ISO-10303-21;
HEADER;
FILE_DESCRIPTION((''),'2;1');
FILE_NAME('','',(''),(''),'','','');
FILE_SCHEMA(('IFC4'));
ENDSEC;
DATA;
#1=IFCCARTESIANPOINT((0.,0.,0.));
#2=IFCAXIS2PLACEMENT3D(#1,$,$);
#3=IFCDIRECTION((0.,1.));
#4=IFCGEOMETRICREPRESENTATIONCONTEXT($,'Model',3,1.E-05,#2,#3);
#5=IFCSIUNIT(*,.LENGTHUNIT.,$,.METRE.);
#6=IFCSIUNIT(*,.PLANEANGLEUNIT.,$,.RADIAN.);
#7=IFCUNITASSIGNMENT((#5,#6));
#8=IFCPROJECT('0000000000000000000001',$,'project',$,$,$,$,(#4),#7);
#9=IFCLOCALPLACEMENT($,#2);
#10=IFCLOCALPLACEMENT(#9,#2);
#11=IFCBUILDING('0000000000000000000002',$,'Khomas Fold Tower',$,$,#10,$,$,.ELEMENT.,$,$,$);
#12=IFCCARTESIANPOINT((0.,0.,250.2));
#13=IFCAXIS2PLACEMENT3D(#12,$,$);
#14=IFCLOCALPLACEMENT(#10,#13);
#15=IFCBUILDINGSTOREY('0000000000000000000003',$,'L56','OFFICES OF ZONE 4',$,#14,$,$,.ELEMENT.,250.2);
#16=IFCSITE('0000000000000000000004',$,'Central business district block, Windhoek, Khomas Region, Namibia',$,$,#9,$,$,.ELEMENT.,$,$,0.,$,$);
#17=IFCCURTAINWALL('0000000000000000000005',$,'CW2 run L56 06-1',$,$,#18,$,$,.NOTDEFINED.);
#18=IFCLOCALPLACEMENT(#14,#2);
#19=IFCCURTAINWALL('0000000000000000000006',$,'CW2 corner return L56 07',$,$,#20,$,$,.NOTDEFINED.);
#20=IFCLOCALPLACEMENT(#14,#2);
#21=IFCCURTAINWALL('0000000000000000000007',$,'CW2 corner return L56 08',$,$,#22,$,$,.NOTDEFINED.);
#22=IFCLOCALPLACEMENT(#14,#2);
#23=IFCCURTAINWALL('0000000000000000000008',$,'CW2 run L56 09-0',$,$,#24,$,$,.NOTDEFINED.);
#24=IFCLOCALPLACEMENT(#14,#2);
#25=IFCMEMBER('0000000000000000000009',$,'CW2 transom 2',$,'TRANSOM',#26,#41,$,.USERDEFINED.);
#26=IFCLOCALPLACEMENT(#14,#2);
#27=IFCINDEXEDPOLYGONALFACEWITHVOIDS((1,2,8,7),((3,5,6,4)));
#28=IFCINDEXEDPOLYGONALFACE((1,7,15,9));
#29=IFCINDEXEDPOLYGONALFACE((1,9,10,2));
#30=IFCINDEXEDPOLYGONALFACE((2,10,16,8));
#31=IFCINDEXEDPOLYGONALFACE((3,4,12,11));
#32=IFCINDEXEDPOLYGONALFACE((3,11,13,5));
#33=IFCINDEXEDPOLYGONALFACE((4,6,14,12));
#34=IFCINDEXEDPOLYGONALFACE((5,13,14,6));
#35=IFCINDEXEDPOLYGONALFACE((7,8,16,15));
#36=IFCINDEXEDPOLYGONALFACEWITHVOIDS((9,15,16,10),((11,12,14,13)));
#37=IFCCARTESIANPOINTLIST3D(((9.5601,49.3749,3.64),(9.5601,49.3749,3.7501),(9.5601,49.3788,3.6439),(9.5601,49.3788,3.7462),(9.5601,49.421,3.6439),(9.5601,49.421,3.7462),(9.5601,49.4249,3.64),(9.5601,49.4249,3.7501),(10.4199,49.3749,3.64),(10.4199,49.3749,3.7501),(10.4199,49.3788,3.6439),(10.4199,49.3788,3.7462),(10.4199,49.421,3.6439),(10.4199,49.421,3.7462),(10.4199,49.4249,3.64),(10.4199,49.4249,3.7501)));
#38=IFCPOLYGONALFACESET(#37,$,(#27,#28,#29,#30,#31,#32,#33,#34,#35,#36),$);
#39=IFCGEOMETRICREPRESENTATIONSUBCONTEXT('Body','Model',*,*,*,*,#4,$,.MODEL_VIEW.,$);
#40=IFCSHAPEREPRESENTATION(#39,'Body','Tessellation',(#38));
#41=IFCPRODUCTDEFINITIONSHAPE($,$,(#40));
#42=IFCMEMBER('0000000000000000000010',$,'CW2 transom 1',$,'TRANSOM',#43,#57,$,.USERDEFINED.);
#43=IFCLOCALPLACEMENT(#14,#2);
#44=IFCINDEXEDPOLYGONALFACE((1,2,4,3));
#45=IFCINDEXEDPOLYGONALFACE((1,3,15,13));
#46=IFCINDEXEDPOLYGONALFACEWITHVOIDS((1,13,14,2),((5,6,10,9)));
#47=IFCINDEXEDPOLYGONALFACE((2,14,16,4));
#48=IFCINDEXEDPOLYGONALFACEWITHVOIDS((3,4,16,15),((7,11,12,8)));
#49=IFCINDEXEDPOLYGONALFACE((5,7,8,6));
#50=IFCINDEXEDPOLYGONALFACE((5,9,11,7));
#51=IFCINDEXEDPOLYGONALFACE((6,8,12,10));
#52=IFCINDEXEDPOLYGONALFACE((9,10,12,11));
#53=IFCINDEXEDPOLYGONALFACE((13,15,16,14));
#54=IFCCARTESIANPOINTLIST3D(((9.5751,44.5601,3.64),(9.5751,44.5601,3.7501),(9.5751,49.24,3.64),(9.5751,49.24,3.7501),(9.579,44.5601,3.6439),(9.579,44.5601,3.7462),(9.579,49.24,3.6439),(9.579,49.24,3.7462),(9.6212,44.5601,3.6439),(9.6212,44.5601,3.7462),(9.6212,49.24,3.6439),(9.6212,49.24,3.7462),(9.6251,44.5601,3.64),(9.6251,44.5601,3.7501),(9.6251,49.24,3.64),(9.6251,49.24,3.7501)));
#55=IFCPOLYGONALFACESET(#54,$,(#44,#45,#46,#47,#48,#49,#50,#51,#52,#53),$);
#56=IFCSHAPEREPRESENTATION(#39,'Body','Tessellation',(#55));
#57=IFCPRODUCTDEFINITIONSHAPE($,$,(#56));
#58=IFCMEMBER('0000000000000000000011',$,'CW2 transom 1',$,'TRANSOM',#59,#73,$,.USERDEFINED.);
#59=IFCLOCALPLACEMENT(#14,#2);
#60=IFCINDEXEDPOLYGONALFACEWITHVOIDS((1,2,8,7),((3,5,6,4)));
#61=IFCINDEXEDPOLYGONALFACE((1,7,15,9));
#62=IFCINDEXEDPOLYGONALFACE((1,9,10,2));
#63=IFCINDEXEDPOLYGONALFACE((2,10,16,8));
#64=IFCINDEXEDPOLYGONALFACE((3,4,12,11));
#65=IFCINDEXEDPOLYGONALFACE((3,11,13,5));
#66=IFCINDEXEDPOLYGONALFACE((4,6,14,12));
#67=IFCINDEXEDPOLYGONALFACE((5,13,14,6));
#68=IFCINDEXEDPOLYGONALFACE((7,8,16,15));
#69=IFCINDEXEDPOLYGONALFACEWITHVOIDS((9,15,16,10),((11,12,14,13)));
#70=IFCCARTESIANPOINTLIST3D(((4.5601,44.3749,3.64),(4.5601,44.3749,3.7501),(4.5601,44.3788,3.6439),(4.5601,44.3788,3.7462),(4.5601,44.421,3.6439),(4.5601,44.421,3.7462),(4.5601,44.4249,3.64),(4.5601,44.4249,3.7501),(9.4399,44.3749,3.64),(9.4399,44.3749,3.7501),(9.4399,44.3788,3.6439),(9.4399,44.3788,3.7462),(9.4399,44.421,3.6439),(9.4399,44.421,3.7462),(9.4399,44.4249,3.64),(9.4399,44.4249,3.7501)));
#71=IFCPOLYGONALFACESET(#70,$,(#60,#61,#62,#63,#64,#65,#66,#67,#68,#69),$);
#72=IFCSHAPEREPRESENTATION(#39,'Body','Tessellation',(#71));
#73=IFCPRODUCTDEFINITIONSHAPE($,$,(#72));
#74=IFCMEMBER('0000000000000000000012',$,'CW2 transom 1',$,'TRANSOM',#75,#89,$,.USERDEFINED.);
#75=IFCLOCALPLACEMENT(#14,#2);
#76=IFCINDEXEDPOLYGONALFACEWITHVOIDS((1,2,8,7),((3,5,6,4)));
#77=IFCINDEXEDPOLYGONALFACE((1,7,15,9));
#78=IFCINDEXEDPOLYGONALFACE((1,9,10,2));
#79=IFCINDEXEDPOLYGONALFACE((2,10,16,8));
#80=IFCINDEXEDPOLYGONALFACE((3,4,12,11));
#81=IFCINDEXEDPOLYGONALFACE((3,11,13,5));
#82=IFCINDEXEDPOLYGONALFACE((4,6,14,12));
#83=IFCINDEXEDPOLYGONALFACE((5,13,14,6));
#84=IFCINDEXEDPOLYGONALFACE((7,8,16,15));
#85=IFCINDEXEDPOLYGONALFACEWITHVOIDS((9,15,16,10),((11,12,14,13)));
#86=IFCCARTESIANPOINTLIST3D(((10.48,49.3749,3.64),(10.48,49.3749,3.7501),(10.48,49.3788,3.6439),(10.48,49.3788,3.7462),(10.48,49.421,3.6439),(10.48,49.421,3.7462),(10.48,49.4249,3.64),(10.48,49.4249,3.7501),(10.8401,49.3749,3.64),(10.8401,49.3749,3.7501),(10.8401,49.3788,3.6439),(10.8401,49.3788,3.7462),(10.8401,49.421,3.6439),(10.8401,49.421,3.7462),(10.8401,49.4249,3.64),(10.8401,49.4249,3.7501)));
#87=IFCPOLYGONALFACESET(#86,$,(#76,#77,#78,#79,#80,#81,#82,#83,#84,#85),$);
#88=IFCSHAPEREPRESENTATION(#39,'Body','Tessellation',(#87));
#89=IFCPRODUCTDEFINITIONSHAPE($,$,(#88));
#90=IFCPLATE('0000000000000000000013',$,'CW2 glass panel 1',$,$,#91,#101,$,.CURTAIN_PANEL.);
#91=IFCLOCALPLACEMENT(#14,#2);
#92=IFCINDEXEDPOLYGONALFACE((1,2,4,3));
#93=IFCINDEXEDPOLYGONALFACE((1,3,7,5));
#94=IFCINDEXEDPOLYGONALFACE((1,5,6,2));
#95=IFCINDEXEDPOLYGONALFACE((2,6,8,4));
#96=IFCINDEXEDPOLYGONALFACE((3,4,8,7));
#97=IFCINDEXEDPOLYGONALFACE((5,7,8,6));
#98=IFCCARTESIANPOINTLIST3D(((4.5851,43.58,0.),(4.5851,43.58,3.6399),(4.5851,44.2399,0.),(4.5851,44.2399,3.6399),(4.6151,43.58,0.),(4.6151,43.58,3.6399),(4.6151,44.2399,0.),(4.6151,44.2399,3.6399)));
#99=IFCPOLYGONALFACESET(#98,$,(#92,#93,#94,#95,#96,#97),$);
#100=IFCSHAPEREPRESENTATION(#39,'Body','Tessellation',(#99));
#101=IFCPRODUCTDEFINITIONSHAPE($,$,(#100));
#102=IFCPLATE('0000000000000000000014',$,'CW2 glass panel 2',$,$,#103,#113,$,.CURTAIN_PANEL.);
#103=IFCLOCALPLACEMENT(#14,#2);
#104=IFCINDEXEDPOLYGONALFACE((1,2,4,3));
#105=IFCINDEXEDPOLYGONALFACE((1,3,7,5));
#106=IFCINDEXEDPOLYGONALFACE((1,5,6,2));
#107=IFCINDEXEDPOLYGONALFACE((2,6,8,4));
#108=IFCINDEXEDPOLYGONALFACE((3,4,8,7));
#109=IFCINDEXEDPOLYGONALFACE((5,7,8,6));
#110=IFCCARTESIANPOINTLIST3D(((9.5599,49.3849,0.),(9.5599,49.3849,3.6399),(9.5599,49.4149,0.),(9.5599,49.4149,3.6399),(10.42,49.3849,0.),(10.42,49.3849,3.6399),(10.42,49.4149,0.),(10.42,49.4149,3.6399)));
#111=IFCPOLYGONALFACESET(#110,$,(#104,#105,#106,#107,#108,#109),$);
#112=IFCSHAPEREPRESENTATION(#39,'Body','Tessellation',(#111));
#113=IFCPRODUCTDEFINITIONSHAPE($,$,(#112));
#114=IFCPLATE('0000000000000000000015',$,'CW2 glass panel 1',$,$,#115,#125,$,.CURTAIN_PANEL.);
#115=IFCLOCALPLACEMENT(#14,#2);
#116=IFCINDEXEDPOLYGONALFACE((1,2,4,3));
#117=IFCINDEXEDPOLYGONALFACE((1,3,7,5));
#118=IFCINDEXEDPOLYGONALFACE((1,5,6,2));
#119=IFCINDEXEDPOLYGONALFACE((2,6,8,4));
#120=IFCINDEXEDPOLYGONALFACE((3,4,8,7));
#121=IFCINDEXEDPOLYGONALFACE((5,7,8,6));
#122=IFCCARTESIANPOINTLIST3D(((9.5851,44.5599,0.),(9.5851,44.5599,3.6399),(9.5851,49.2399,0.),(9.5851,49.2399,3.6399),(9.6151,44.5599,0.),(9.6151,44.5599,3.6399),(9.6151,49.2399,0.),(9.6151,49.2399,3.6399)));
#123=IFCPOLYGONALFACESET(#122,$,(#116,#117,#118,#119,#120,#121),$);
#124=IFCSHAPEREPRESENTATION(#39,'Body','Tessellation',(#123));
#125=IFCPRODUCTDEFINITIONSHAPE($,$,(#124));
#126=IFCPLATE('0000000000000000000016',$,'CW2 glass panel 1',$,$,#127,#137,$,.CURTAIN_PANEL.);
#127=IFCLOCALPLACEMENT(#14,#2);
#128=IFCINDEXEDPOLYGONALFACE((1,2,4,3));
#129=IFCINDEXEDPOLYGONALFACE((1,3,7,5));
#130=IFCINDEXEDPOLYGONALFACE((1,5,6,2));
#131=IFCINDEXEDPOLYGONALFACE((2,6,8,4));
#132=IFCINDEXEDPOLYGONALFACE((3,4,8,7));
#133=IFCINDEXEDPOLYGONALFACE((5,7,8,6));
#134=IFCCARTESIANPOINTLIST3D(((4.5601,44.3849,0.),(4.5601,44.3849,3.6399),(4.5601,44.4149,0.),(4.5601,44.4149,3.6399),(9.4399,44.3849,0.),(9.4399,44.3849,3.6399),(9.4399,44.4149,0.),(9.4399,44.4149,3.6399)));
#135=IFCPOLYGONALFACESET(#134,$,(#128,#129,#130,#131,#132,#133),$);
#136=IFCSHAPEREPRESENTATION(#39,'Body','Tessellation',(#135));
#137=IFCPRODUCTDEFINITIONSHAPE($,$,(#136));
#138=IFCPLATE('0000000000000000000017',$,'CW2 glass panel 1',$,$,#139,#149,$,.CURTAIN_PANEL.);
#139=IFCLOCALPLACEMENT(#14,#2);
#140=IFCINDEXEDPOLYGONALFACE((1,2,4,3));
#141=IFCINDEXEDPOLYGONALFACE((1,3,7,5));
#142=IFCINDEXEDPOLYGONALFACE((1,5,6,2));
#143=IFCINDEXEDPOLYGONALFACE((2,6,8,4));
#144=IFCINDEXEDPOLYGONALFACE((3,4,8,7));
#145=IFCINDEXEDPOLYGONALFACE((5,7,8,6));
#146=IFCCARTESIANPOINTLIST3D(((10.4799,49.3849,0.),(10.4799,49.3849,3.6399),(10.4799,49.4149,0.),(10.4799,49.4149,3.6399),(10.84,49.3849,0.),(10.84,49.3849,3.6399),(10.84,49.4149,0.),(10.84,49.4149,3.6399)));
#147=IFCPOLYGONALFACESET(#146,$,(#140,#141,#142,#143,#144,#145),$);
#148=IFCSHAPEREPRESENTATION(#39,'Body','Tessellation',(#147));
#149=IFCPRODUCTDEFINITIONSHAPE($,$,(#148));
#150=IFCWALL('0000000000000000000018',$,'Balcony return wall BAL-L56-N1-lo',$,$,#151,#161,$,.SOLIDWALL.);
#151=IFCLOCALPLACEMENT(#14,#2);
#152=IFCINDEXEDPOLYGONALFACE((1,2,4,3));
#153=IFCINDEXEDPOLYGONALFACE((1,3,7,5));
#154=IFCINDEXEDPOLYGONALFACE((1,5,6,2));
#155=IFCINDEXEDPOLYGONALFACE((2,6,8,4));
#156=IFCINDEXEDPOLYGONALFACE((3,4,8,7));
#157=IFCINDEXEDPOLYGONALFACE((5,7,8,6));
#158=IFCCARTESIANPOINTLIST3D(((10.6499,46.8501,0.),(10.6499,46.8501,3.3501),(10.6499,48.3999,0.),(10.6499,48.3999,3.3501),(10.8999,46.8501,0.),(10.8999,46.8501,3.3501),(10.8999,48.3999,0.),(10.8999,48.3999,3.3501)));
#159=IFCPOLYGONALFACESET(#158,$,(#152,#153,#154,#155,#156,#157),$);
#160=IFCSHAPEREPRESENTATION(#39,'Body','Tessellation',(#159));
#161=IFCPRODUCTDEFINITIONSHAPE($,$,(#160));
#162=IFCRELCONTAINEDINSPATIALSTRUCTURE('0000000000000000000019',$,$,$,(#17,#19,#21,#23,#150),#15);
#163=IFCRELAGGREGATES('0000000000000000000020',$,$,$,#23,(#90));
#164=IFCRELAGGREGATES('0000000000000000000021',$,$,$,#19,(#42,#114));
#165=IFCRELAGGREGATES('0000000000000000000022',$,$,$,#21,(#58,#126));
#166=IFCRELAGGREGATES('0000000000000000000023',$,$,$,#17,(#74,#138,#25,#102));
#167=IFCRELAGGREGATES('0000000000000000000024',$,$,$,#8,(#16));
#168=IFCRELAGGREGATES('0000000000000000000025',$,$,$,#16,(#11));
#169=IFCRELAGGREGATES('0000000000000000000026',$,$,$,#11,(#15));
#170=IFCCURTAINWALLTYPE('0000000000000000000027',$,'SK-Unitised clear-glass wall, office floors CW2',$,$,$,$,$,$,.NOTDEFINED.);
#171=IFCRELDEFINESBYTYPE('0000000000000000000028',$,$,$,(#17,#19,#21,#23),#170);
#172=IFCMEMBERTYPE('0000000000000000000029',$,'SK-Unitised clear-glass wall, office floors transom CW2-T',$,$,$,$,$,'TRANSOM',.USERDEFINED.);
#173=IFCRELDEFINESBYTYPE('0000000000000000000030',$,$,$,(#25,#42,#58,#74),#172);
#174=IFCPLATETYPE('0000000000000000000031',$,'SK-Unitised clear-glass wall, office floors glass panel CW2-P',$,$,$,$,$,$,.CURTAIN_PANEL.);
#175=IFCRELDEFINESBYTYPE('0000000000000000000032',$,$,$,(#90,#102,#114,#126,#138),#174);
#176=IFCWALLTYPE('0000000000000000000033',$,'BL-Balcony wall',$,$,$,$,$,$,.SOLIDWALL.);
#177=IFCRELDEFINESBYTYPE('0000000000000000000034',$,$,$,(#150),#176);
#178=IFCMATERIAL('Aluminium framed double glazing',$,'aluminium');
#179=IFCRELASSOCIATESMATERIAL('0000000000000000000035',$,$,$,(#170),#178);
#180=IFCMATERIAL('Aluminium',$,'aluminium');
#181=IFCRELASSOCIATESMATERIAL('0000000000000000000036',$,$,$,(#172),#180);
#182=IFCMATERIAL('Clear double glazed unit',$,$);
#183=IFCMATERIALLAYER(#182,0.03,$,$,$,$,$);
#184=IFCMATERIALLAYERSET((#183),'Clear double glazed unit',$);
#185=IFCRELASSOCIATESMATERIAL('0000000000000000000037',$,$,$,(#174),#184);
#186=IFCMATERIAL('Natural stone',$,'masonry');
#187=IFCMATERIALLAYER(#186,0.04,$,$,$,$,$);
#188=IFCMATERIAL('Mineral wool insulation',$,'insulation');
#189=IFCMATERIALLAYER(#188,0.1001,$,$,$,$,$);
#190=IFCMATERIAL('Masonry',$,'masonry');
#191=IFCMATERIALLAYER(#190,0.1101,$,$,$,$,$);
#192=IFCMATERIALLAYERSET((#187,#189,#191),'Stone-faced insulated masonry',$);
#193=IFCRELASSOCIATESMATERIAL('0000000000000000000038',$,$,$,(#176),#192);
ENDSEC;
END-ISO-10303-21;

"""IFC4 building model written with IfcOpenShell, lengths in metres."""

from ifc_helpers import new_model, si_unit, direction, frame, frame_2d, origin, origin_2d, place, context, subcontext, project, spatial, rectangle, hollow_rectangle, extrude, source, transform, mapped, material, layer, layer_set, material_profile, profile_set, type_object, element, aggregate, save


model = new_model("IFC4")

# Units and contexts
model_context = context("Model", 3, precision=1e-05, world=origin(), true_north=direction((0.0, 1.0)))
body_context = subcontext(model_context, "Body", "Model", "MODEL_VIEW")
ifc_project = project(units=[si_unit("LENGTHUNIT", "METRE"), si_unit("PLANEANGLEUNIT", "RADIAN")], contexts=[model_context])

# Site, building, storey
site_placement = place(None, origin())
site = spatial("IfcSite", under=ifc_project, at=site_placement, Name="Central business district block, Windhoek, Khomas Region, Namibia", CompositionType="ELEMENT", RefElevation=0.0)
building_placement = place(site_placement, origin())
building = spatial("IfcBuilding", under=site, at=building_placement, Name="Khomas Fold Tower", CompositionType="ELEMENT")
storey_placement = place(building_placement, frame((0.0, 0.0, 250.2)))
storey = spatial("IfcBuildingStorey", under=building, at=storey_placement, Name="L56", Description="OFFICES OF ZONE 4", CompositionType="ELEMENT", Elevation=250.2)

# Curtain walls
ifc_material_1 = material(Name="Aluminium framed double glazing", Category="aluminium")
curtain_wall_type = type_object("IfcCurtainWallType", Name="SK-Unitised clear-glass wall, office floors CW2", PredefinedType="NOTDEFINED", material=ifc_material_1)
curtain_wall_1_placement = place(storey_placement, origin())
curtain_wall_1 = element("IfcCurtainWall", 1, at=curtain_wall_1_placement, inside=storey, type_object=curtain_wall_type, Name="CW2 run L56 06-1", PredefinedType="NOTDEFINED")
curtain_wall_2_placement = place(storey_placement, origin())
curtain_wall_2 = element("IfcCurtainWall", 2, at=curtain_wall_2_placement, inside=storey, type_object=curtain_wall_type, Name="CW2 corner return L56 07", PredefinedType="NOTDEFINED")
curtain_wall_3_placement = place(storey_placement, origin())
curtain_wall_3 = element("IfcCurtainWall", 3, at=curtain_wall_3_placement, inside=storey, type_object=curtain_wall_type, Name="CW2 corner return L56 08", PredefinedType="NOTDEFINED")

# Curtain wall
curtain_wall_4_placement = place(storey_placement, origin())
curtain_wall_4 = element("IfcCurtainWall", 4, at=curtain_wall_4_placement, inside=storey, type_object=curtain_wall_type, Name="CW2 run L56 09-0", PredefinedType="NOTDEFINED")
ifc_material_2 = material(Name="Aluminium", Category="aluminium")
ifc_material_profile_1 = material_profile(ifc_material_2, hollow_rectangle(XDim=0.05, YDim=0.1101, WallThickness=0.0039, at=origin_2d()), Name="SK-Unitised clear-glass wall, office floors transom CW2-T")
ifc_profile_set_1 = profile_set([ifc_material_profile_1], Name="Aluminium")
member_type_1 = type_object("IfcMemberType", Name="SK-Unitised clear-glass wall, office floors transom CW2-T", ElementType="TRANSOM", PredefinedType="USERDEFINED", material=ifc_profile_set_1)

# Members
shared_shape_1 = source(origin(), body_context, "Body", "SweptSolid", [
    extrude(hollow_rectangle(XDim=0.05, YDim=0.1101, WallThickness=0.0039, at=origin_2d()), origin(), (0.0, 0.0, 1.0), 0.8599),
])
member_1_placement = place(storey_placement, frame((10.4199, 49.3999, 3.6951), z_axis=(-1.0, 0.0, 0.0), x_axis=(0.0, -1.0, 0.0)))
member_1 = element("IfcMember", 5, at=member_1_placement, type_object=member_type_1, Name="CW2 transom 2", ObjectType="TRANSOM", PredefinedType="USERDEFINED", context=body_context, shape_type="MappedRepresentation", body=[
    mapped(shared_shape_1, transform((0.0, 0.0, 0.0))),
])
shared_shape_2 = source(origin(), body_context, "Body", "SweptSolid", [
    extrude(hollow_rectangle(XDim=0.05, YDim=0.1101, WallThickness=0.0039, at=origin_2d()), origin(), (0.0, 0.0, 1.0), 4.6799),
])
member_2_placement = place(storey_placement, frame((9.6001, 49.24, 3.6951), z_axis=(0.0, -1.0, 0.0), x_axis=(1.0, 0.0, 0.0)))
member_2 = element("IfcMember", 6, at=member_2_placement, type_object=member_type_1, Name="CW2 transom 1", ObjectType="TRANSOM", PredefinedType="USERDEFINED", context=body_context, shape_type="MappedRepresentation", body=[
    mapped(shared_shape_2, transform((0.0, 0.0, 0.0))),
])
shared_shape_3 = source(origin(), body_context, "Body", "SweptSolid", [
    extrude(hollow_rectangle(XDim=0.05, YDim=0.1101, WallThickness=0.0039, at=origin_2d()), origin(), (0.0, 0.0, 1.0), 4.8799),
])
member_3_placement = place(storey_placement, frame((9.4399, 44.3999, 3.6951), z_axis=(-1.0, 0.0, 0.0), x_axis=(0.0, -1.0, 0.0)))
member_3 = element("IfcMember", 7, at=member_3_placement, type_object=member_type_1, Name="CW2 transom 1", ObjectType="TRANSOM", PredefinedType="USERDEFINED", context=body_context, shape_type="MappedRepresentation", body=[
    mapped(shared_shape_3, transform((0.0, 0.0, 0.0))),
])
shared_shape_4 = source(origin(), body_context, "Body", "SweptSolid", [
    extrude(hollow_rectangle(XDim=0.05, YDim=0.1101, WallThickness=0.0039, at=origin_2d()), origin(), (0.0, 0.0, 1.0), 0.3601),
])
member_4_placement = place(storey_placement, frame((10.8401, 49.3999, 3.6951), z_axis=(-1.0, 0.0, 0.0), x_axis=(0.0, -1.0, 0.0)))
member_4 = element("IfcMember", 8, at=member_4_placement, type_object=member_type_1, Name="CW2 transom 1", ObjectType="TRANSOM", PredefinedType="USERDEFINED", context=body_context, shape_type="MappedRepresentation", body=[
    mapped(shared_shape_4, transform((0.0, 0.0, 0.0))),
])

# Plates
ifc_material_3 = material(Name="Clear double glazed unit")
ifc_layer_1 = layer(ifc_material_3, 0.03)
ifc_layer_set_1 = layer_set([ifc_layer_1], Name="Clear double glazed unit")
plate_type = type_object("IfcPlateType", Name="SK-Unitised clear-glass wall, office floors glass panel CW2-P", PredefinedType="CURTAIN_PANEL", material=ifc_layer_set_1)
shared_shape_5 = source(origin(), body_context, "Body", "SweptSolid", [
    extrude(rectangle(XDim=0.6599, YDim=0.03, at=origin_2d()), origin(), (0.0, 0.0, 1.0), 3.6399),
])
plate_1_placement = place(storey_placement, frame((4.6001, 43.9099, 0.0), z_axis=(0.0, 0.0, 1.0), x_axis=(0.0, -1.0, 0.0)))
plate_1 = element("IfcPlate", 9, at=plate_1_placement, type_object=plate_type, Name="CW2 glass panel 1", PredefinedType="CURTAIN_PANEL", context=body_context, shape_type="MappedRepresentation", body=[
    mapped(shared_shape_5, transform((0.0, 0.0, 0.0))),
])
aggregate(curtain_wall_4, [plate_1])
shared_shape_6 = source(origin(), body_context, "Body", "SweptSolid", [
    extrude(rectangle(XDim=0.8601, YDim=0.03, at=origin_2d()), origin(), (0.0, 0.0, 1.0), 3.6399),
])
plate_2_placement = place(storey_placement, frame((9.99, 49.3999, 0.0), z_axis=(0.0, 0.0, 1.0), x_axis=(-1.0, 0.0, 0.0)))
plate_2 = element("IfcPlate", 10, at=plate_2_placement, type_object=plate_type, Name="CW2 glass panel 2", PredefinedType="CURTAIN_PANEL", context=body_context, shape_type="MappedRepresentation", body=[
    mapped(shared_shape_6, transform((0.0, 0.0, 0.0))),
])
shared_shape_7 = source(origin(), body_context, "Body", "SweptSolid", [
    extrude(rectangle(XDim=4.6799, YDim=0.03, at=origin_2d()), origin(), (0.0, 0.0, 1.0), 3.6399),
])
plate_3_placement = place(storey_placement, frame((9.6001, 46.8999, 0.0), z_axis=(0.0, 0.0, 1.0), x_axis=(0.0, -1.0, 0.0)))
plate_3 = element("IfcPlate", 11, at=plate_3_placement, type_object=plate_type, Name="CW2 glass panel 1", PredefinedType="CURTAIN_PANEL", context=body_context, shape_type="MappedRepresentation", body=[
    mapped(shared_shape_7, transform((0.0, 0.0, 0.0))),
])
aggregate(curtain_wall_2, [member_2, plate_3])
shared_shape_8 = source(origin(), body_context, "Body", "SweptSolid", [
    extrude(rectangle(XDim=4.8799, YDim=0.03, at=origin_2d()), origin(), (0.0, 0.0, 1.0), 3.6399),
])
plate_4_placement = place(storey_placement, frame((7.0, 44.3999, 0.0), z_axis=(0.0, 0.0, 1.0), x_axis=(-1.0, 0.0, 0.0)))
plate_4 = element("IfcPlate", 12, at=plate_4_placement, type_object=plate_type, Name="CW2 glass panel 1", PredefinedType="CURTAIN_PANEL", context=body_context, shape_type="MappedRepresentation", body=[
    mapped(shared_shape_8, transform((0.0, 0.0, 0.0))),
])
aggregate(curtain_wall_3, [member_3, plate_4])
shared_shape_9 = source(origin(), body_context, "Body", "SweptSolid", [
    extrude(rectangle(XDim=0.3601, YDim=0.03, at=origin_2d()), origin(), (0.0, 0.0, 1.0), 3.6399),
])
plate_5_placement = place(storey_placement, frame((10.6599, 49.3999, 0.0), z_axis=(0.0, 0.0, 1.0), x_axis=(-1.0, 0.0, 0.0)))
plate_5 = element("IfcPlate", 13, at=plate_5_placement, type_object=plate_type, Name="CW2 glass panel 1", PredefinedType="CURTAIN_PANEL", context=body_context, shape_type="MappedRepresentation", body=[
    mapped(shared_shape_9, transform((0.0, 0.0, 0.0))),
])
aggregate(curtain_wall_1, [member_4, plate_5, member_1, plate_2])

# Wall
ifc_material_4 = material(Name="Natural stone", Category="masonry")
ifc_layer_2 = layer(ifc_material_4, 0.04)
ifc_material_5 = material(Name="Mineral wool insulation", Category="insulation")
ifc_layer_3 = layer(ifc_material_5, 0.1001)
ifc_material_6 = material(Name="Masonry", Category="masonry")
ifc_layer_4 = layer(ifc_material_6, 0.1101)
ifc_layer_set_2 = layer_set([ifc_layer_2, ifc_layer_3, ifc_layer_4], Name="Stone-faced insulated masonry")
wall_type = type_object("IfcWallType", Name="BL-Balcony wall", PredefinedType="SOLIDWALL", material=ifc_layer_set_2)
shared_shape_10 = source(origin(), body_context, "Body", "SweptSolid", [
    extrude(rectangle(XDim=1.5498, YDim=0.25, at=frame_2d((0.7749, 0.0))), origin(), (0.0, 0.0, 1.0), 3.3501),
])
wall_placement = place(storey_placement, frame((10.7749, 48.3999, 0.0), z_axis=(0.0, 0.0, 1.0), x_axis=(0.0, -1.0, 0.0)))
element("IfcWall", 14, at=wall_placement, inside=storey, type_object=wall_type, Name="Balcony return wall BAL-L56-N1-lo", PredefinedType="SOLIDWALL", context=body_context, shape_type="MappedRepresentation", body=[
    mapped(shared_shape_10, transform((0.0, 0.0, 0.0))),
])

save(model, "model.ifc")
